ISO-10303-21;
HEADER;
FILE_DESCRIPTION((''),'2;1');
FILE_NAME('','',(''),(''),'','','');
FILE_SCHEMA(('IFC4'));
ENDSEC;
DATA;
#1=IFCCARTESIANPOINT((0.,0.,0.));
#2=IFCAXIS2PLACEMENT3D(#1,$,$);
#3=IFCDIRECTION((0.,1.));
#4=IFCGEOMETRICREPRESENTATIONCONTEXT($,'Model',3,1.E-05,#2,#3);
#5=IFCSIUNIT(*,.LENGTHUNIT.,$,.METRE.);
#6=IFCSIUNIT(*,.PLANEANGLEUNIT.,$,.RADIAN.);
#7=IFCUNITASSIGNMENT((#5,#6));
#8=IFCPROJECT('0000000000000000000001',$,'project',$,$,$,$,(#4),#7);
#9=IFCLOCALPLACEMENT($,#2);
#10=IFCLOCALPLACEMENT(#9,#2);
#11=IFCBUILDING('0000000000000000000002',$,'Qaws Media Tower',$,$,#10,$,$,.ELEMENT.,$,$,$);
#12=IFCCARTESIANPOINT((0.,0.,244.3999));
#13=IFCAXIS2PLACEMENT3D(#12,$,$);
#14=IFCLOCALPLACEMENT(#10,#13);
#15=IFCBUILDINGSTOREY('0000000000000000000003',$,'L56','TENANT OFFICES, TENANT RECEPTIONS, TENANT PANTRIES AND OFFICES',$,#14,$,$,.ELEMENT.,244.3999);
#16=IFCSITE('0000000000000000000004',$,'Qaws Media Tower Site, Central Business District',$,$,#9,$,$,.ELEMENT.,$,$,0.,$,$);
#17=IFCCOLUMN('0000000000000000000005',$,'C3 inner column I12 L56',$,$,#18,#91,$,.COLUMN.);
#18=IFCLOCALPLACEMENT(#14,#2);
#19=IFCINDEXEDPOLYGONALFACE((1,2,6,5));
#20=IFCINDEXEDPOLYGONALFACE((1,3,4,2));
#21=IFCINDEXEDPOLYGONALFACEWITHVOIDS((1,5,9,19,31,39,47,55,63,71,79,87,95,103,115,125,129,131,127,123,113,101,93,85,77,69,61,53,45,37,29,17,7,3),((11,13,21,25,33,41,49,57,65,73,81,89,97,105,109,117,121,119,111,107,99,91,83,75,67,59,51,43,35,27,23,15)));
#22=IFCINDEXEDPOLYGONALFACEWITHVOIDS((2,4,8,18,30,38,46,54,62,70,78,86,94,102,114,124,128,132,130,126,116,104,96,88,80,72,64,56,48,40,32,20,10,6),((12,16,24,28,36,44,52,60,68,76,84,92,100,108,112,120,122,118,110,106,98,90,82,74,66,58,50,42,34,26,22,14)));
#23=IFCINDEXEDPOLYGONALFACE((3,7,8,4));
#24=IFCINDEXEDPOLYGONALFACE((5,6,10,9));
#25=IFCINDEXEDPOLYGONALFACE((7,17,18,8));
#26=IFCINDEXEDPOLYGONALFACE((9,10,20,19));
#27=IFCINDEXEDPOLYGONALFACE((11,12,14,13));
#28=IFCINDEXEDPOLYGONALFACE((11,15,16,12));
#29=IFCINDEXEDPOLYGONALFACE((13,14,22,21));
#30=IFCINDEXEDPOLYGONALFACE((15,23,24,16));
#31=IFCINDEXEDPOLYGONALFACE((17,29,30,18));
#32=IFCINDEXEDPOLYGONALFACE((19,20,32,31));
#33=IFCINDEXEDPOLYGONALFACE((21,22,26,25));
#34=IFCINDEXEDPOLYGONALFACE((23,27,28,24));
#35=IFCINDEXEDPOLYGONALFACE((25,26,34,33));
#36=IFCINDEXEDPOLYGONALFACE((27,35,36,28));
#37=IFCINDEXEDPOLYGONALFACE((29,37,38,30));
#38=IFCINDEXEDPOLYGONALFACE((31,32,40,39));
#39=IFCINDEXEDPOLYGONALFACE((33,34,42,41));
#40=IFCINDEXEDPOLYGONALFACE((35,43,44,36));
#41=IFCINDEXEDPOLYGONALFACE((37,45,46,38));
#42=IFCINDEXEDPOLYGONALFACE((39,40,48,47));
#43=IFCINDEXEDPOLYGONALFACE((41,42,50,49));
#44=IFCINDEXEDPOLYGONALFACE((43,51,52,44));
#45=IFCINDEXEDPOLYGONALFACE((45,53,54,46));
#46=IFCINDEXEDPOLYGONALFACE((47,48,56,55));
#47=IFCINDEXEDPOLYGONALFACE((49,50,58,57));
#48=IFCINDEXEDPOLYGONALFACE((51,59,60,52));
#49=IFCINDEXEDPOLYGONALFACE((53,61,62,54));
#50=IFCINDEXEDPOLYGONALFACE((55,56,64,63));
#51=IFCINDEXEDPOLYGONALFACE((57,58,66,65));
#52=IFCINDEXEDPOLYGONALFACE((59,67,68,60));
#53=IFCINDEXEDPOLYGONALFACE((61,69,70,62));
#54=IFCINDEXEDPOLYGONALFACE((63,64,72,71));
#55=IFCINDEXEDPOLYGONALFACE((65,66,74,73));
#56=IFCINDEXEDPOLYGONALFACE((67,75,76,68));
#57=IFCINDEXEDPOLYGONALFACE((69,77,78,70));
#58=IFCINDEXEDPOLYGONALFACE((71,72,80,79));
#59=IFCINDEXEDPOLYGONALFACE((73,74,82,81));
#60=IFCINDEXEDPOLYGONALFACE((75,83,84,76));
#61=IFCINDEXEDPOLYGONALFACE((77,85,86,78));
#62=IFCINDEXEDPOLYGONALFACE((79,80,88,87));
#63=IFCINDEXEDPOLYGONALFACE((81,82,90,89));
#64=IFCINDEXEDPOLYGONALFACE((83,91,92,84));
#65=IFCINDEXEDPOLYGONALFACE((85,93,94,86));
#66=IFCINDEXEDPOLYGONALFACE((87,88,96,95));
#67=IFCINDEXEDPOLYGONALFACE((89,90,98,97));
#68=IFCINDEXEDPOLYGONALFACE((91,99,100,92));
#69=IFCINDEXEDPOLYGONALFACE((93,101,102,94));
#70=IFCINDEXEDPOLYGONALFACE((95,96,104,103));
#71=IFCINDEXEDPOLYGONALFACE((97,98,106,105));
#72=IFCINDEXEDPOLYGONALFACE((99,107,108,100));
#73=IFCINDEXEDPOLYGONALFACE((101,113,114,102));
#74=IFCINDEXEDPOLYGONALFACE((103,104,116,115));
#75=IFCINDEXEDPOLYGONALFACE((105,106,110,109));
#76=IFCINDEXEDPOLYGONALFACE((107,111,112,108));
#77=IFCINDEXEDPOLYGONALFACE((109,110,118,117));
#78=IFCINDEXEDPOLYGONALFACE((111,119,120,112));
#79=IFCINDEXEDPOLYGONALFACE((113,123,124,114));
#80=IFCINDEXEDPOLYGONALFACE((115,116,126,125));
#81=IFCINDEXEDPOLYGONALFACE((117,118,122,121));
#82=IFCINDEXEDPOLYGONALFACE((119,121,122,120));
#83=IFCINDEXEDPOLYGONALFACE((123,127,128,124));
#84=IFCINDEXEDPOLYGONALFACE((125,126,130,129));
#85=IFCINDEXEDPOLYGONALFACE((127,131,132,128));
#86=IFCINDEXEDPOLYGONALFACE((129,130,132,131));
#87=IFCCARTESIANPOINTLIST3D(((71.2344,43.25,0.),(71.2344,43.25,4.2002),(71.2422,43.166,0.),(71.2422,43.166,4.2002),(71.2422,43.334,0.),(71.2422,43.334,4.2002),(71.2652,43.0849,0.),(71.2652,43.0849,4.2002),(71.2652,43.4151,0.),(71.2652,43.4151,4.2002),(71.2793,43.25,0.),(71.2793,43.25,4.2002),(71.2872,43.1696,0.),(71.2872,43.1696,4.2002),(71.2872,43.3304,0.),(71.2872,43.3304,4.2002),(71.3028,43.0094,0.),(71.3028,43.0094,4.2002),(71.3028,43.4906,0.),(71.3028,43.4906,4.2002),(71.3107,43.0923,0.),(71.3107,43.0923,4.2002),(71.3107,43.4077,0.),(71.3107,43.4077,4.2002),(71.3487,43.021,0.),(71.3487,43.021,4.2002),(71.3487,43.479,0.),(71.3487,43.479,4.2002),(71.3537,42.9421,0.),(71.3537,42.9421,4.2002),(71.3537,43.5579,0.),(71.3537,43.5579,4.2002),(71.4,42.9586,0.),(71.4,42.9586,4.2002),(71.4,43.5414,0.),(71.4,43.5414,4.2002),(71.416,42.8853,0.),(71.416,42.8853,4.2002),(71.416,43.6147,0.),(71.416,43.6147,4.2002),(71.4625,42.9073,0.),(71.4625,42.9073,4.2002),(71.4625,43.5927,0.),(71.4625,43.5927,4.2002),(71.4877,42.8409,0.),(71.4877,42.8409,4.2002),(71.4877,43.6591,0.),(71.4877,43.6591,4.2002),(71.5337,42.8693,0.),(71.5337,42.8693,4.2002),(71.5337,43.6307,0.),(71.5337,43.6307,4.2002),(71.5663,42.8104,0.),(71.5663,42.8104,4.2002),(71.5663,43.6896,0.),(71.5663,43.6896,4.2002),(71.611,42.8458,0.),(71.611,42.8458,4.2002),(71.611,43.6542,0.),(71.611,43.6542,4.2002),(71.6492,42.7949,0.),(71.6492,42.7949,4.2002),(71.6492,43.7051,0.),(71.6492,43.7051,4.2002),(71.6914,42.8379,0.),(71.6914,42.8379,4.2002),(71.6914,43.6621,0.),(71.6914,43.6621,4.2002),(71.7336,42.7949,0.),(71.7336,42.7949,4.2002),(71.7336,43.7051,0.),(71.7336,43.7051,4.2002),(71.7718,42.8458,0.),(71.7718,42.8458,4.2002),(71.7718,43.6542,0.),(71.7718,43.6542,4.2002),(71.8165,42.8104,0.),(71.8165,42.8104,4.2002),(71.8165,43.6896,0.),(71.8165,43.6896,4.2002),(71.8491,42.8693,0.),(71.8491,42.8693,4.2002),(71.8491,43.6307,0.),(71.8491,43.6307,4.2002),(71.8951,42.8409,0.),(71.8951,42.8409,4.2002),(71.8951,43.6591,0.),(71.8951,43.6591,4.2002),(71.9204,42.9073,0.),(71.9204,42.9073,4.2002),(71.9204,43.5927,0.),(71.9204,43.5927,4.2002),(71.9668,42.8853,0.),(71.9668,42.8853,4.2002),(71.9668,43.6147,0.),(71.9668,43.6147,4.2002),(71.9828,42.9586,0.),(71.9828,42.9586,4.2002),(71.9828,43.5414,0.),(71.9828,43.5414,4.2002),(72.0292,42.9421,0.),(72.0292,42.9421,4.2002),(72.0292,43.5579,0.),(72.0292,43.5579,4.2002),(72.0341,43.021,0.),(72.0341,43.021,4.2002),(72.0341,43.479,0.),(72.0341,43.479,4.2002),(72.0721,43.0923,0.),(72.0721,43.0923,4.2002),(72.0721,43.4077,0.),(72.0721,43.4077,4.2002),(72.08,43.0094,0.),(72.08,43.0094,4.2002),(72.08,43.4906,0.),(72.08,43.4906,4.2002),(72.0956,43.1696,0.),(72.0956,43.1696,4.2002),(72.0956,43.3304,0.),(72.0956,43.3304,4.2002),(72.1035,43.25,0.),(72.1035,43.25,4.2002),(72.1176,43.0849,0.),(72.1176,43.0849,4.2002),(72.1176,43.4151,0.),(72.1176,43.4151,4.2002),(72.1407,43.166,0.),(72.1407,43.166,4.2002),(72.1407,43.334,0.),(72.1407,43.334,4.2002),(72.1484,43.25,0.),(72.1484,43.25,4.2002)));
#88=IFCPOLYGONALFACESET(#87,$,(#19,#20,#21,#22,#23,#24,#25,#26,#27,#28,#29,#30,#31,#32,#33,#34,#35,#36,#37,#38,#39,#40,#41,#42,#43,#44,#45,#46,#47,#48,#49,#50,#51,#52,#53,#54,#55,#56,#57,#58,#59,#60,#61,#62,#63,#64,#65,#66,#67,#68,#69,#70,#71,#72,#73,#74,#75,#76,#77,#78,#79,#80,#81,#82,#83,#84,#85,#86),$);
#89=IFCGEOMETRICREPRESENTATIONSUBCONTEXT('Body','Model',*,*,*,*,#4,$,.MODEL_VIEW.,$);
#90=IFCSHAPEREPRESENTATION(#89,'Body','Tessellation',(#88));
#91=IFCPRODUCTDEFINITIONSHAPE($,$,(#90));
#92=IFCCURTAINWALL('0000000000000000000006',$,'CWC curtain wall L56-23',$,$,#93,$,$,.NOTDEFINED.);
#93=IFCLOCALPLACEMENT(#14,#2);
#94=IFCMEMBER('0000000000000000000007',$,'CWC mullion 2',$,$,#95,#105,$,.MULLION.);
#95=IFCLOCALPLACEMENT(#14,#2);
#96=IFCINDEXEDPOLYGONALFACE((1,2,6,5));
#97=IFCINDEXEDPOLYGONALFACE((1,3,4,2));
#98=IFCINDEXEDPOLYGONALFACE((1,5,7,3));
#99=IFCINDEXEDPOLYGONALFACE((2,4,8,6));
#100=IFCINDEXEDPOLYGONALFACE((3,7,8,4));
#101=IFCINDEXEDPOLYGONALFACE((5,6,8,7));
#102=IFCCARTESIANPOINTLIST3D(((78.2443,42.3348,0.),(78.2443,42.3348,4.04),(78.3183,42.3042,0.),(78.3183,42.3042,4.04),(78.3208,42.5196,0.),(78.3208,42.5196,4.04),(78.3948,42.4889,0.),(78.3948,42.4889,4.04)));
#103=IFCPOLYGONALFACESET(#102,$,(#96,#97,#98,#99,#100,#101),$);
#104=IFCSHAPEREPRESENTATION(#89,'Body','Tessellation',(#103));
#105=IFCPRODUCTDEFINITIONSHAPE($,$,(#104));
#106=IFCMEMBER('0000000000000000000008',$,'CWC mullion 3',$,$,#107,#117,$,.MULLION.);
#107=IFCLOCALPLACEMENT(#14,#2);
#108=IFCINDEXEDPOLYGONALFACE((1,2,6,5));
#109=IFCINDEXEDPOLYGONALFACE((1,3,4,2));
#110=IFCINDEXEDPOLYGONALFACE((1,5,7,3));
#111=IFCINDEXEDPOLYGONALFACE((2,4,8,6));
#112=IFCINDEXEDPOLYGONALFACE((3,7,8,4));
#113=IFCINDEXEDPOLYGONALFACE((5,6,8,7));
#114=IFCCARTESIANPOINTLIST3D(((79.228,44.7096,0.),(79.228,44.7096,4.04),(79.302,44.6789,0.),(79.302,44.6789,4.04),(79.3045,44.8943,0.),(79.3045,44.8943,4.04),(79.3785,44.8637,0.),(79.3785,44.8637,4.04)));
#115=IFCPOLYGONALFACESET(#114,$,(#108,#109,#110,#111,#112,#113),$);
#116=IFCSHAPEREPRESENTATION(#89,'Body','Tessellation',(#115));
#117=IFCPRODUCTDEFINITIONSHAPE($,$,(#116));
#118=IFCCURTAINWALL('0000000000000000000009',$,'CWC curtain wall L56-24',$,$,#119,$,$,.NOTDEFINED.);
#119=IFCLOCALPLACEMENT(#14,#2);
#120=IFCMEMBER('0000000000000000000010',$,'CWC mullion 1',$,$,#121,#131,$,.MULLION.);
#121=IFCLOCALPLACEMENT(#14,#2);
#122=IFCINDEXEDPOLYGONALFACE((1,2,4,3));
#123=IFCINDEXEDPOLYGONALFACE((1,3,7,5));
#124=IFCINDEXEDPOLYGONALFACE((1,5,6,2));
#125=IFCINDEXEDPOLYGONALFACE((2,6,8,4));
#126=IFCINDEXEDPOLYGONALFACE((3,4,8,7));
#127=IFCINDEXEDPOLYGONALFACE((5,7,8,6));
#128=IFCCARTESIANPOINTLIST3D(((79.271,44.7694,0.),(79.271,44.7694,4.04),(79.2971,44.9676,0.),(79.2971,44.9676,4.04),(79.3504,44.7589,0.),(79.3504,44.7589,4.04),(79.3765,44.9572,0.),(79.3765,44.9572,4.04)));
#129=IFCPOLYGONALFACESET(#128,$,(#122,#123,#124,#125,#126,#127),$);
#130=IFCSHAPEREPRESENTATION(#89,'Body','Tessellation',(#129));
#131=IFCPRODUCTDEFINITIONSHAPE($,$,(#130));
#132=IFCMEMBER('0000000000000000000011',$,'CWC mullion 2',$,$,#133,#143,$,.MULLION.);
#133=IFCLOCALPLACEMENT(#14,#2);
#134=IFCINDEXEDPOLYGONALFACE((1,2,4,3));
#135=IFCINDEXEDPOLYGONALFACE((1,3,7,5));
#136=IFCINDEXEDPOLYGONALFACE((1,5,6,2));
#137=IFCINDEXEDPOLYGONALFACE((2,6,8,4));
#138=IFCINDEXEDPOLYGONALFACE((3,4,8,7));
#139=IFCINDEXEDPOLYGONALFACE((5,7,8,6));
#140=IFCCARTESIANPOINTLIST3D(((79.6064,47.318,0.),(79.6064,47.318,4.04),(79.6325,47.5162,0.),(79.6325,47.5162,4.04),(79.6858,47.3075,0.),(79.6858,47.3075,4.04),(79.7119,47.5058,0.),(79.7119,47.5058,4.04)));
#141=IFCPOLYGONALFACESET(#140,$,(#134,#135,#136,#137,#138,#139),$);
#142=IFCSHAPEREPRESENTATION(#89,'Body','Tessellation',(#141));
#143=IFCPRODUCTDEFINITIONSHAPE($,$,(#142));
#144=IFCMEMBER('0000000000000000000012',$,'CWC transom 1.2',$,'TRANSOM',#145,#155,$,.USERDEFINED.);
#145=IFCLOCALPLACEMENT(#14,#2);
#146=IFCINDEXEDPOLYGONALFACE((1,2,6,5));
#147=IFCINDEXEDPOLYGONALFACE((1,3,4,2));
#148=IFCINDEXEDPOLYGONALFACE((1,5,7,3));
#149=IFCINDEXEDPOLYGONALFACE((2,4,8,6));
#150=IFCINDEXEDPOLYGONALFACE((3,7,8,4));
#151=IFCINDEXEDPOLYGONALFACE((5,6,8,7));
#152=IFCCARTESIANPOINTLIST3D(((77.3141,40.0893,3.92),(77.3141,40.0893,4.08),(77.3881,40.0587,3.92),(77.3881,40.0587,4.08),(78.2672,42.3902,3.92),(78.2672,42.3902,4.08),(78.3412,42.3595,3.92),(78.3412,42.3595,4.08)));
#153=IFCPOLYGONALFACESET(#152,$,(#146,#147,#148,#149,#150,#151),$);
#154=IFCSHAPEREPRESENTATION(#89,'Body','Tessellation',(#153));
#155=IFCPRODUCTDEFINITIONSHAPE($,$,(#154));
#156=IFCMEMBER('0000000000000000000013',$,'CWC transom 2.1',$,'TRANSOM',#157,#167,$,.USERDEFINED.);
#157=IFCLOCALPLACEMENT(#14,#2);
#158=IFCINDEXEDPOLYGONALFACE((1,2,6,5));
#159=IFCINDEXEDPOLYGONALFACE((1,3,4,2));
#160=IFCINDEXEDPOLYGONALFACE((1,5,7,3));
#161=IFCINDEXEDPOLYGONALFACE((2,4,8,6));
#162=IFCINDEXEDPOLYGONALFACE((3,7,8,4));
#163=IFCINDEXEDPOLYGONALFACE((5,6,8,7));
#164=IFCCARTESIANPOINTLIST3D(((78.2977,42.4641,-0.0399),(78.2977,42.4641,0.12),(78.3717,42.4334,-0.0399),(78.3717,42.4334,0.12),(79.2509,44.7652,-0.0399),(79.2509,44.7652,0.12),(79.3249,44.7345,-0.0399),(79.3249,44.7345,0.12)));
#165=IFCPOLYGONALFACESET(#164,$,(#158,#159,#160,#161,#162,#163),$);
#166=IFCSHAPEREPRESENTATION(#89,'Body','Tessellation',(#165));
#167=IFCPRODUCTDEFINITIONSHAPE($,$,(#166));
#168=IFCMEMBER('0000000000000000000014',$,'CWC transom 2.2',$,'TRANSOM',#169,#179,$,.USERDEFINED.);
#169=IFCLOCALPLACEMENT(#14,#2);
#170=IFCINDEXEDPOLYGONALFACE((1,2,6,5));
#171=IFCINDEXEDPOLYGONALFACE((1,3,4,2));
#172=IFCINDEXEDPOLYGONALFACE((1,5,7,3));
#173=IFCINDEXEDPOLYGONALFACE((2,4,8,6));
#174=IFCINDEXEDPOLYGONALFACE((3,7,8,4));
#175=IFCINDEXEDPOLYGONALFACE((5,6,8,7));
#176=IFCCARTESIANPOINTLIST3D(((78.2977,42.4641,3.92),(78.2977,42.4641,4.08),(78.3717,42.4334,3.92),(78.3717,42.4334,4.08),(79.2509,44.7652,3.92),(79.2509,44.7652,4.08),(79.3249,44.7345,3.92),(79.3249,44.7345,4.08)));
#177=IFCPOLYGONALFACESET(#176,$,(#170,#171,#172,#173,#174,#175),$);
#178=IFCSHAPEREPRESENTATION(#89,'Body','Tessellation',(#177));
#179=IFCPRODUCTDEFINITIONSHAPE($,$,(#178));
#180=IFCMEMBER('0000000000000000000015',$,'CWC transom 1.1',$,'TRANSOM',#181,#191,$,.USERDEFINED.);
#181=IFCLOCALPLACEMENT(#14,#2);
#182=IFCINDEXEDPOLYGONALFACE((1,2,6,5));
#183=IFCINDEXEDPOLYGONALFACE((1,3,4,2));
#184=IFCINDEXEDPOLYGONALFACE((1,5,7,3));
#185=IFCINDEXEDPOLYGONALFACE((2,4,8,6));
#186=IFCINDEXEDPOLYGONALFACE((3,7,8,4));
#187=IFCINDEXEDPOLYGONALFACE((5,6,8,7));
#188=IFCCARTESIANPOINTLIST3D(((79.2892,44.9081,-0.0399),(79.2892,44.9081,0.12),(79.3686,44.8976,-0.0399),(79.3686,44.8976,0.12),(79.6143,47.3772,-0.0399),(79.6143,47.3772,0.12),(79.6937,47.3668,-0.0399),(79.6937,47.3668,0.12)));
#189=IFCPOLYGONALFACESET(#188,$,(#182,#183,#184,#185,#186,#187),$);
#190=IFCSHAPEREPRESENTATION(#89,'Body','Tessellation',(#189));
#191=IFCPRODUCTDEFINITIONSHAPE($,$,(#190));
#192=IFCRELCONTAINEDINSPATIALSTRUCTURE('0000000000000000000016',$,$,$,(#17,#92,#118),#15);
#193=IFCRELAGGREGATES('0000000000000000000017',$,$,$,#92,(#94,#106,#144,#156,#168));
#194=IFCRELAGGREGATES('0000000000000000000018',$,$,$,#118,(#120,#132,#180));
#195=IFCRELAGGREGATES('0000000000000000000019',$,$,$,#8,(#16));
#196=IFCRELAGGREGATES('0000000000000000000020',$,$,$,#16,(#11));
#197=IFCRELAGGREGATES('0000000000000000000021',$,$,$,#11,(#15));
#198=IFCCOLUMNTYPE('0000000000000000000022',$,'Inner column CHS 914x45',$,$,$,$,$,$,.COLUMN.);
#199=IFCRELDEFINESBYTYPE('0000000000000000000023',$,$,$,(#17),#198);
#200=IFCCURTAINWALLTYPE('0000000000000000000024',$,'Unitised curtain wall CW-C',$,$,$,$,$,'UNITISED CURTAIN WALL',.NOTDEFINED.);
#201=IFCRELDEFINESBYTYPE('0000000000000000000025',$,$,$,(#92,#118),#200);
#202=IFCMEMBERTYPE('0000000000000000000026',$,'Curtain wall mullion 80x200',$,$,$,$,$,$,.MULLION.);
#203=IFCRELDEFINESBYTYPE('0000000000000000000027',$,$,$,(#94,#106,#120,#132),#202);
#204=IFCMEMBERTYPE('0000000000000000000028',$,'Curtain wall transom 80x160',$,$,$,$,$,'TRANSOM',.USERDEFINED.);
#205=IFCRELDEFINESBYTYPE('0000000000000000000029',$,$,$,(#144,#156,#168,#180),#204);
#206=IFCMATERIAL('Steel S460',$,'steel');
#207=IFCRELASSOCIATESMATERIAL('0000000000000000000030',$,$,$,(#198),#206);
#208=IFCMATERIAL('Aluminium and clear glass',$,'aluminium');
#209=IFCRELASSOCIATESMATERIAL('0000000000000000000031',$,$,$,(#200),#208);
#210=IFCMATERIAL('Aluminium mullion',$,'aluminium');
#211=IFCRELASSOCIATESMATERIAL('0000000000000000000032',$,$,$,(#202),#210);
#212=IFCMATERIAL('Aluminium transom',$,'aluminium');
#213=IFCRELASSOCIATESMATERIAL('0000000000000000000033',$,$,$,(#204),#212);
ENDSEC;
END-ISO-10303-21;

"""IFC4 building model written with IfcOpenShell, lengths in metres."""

from ifc_helpers import new_model, si_unit, direction, frame, origin, origin_2d, place, context, subcontext, project, spatial, rectangle, hollow_circle, extrude, material, material_profile, profile_set, type_object, element, aggregate, save


model = new_model("IFC4")

# Units and contexts
model_context = context("Model", 3, precision=1e-05, world=origin(), true_north=direction((0.0, 1.0)))
body_context = subcontext(model_context, "Body", "Model", "MODEL_VIEW")
ifc_project = project(units=[si_unit("LENGTHUNIT", "METRE"), si_unit("PLANEANGLEUNIT", "RADIAN")], contexts=[model_context])

# Site, building, storey
site_placement = place(None, origin())
site = spatial("IfcSite", under=ifc_project, at=site_placement, Name="Qaws Media Tower Site, Central Business District", CompositionType="ELEMENT", RefElevation=0.0)
building_placement = place(site_placement, origin())
building = spatial("IfcBuilding", under=site, at=building_placement, Name="Qaws Media Tower", CompositionType="ELEMENT")
storey_placement = place(building_placement, frame((0.0, 0.0, 244.3999)))
storey = spatial("IfcBuildingStorey", under=building, at=storey_placement, Name="L56", Description="TENANT OFFICES, TENANT RECEPTIONS, TENANT PANTRIES AND OFFICES", CompositionType="ELEMENT", Elevation=244.3999)

# Column
ifc_material_1 = material(Name="Steel S460", Category="steel")
ifc_material_profile_1 = material_profile(ifc_material_1, hollow_circle(Radius=0.457, WallThickness=0.0449, at=origin_2d()), Name="CHS 914x45")
ifc_profile_set_1 = profile_set([ifc_material_profile_1], Name="Steel S460")
column_type = type_object("IfcColumnType", Name="Inner column CHS 914x45", PredefinedType="COLUMN", material=ifc_profile_set_1)
column_placement = place(storey_placement, frame((71.6914, 43.25, 0.0), z_axis=(0.0, 0.0, 1.0), x_axis=(1.0, 0.0, 0.0)))
element("IfcColumn", 1, at=column_placement, inside=storey, type_object=column_type, Name="C3 inner column I12 L56", PredefinedType="COLUMN", context=body_context, shape_type="SweptSolid", body=[
    extrude(hollow_circle(Radius=0.457, WallThickness=0.0449, at=origin_2d()), origin(), (0.0, 0.0, 1.0), 4.2002),
])

# Curtain walls, members
ifc_material_2 = material(Name="Aluminium and clear glass", Category="aluminium")
curtain_wall_type = type_object("IfcCurtainWallType", Name="Unitised curtain wall CW-C", ElementType="UNITISED CURTAIN WALL", PredefinedType="NOTDEFINED", material=ifc_material_2)
curtain_wall_1_placement = place(storey_placement, origin())
curtain_wall_1 = element("IfcCurtainWall", 2, at=curtain_wall_1_placement, inside=storey, type_object=curtain_wall_type, Name="CWC curtain wall L56-23", PredefinedType="NOTDEFINED")
ifc_material_3 = material(Name="Aluminium mullion", Category="aluminium")
ifc_material_profile_2 = material_profile(ifc_material_3, rectangle(XDim=0.0801, YDim=0.2, at=origin_2d()), Name="80x200")
ifc_profile_set_2 = profile_set([ifc_material_profile_2], Name="Aluminium mullion")
member_type_1 = type_object("IfcMemberType", Name="Curtain wall mullion 80x200", PredefinedType="MULLION", material=ifc_profile_set_2)
member_1_placement = place(storey_placement, frame((78.3196, 42.4119, 0.0), z_axis=(0.0, 0.0, 1.0), x_axis=(-0.923879, 0.382684, 0.0)))
member_1 = element("IfcMember", 3, at=member_1_placement, type_object=member_type_1, Name="CWC mullion 2", PredefinedType="MULLION", context=body_context, shape_type="SweptSolid", body=[
    extrude(rectangle(XDim=0.0801, YDim=0.2, at=origin_2d()), origin(), (0.0, 0.0, 1.0), 4.04),
])
member_2_placement = place(storey_placement, frame((79.3032, 44.7866, 0.0), z_axis=(0.0, 0.0, 1.0), x_axis=(-0.923879, 0.382684, 0.0)))
member_2 = element("IfcMember", 4, at=member_2_placement, type_object=member_type_1, Name="CWC mullion 3", PredefinedType="MULLION", context=body_context, shape_type="SweptSolid", body=[
    extrude(rectangle(XDim=0.0801, YDim=0.2, at=origin_2d()), origin(), (0.0, 0.0, 1.0), 4.04),
])
curtain_wall_2_placement = place(storey_placement, origin())
curtain_wall_2 = element("IfcCurtainWall", 5, at=curtain_wall_2_placement, inside=storey, type_object=curtain_wall_type, Name="CWC curtain wall L56-24", PredefinedType="NOTDEFINED")
member_3_placement = place(storey_placement, frame((79.3237, 44.8633, 0.0), z_axis=(0.0, 0.0, 1.0), x_axis=(-0.991445, 0.130526, 0.0)))
member_3 = element("IfcMember", 6, at=member_3_placement, type_object=member_type_1, Name="CWC mullion 1", PredefinedType="MULLION", context=body_context, shape_type="SweptSolid", body=[
    extrude(rectangle(XDim=0.0801, YDim=0.2, at=origin_2d()), origin(), (0.0, 0.0, 1.0), 4.04),
])
member_4_placement = place(storey_placement, frame((79.6592, 47.4119, 0.0), z_axis=(0.0, 0.0, 1.0), x_axis=(-0.991445, 0.130526, 0.0)))
member_4 = element("IfcMember", 7, at=member_4_placement, type_object=member_type_1, Name="CWC mullion 2", PredefinedType="MULLION", context=body_context, shape_type="SweptSolid", body=[
    extrude(rectangle(XDim=0.0801, YDim=0.2, at=origin_2d()), origin(), (0.0, 0.0, 1.0), 4.04),
])

# Members
ifc_material_4 = material(Name="Aluminium transom", Category="aluminium")
ifc_material_profile_3 = material_profile(ifc_material_4, rectangle(XDim=0.0801, YDim=0.1599, at=origin_2d()), Name="80x160")
ifc_profile_set_3 = profile_set([ifc_material_profile_3], Name="Aluminium transom")
member_type_2 = type_object("IfcMemberType", Name="Curtain wall transom 80x160", ElementType="TRANSOM", PredefinedType="USERDEFINED", material=ifc_profile_set_3)
member_5_placement = place(storey_placement, frame((77.3511, 40.074, 4.0), z_axis=(0.382721, 0.923864, 0.0), x_axis=(-0.923864, 0.382721, 0.0)))
member_5 = element("IfcMember", 8, at=member_5_placement, type_object=member_type_2, Name="CWC transom 1.2", ObjectType="TRANSOM", PredefinedType="USERDEFINED", context=body_context, shape_type="SweptSolid", body=[
    extrude(rectangle(XDim=0.0801, YDim=0.1599, at=origin_2d()), origin(), (0.0, 0.0, 1.0), 2.4905),
])
member_6_placement = place(storey_placement, frame((78.3347, 42.4487, 0.04), z_axis=(0.382687, 0.923878, 0.0), x_axis=(-0.923878, 0.382687, 0.0)))
member_6 = element("IfcMember", 9, at=member_6_placement, type_object=member_type_2, Name="CWC transom 2.1", ObjectType="TRANSOM", PredefinedType="USERDEFINED", context=body_context, shape_type="SweptSolid", body=[
    extrude(rectangle(XDim=0.0801, YDim=0.1599, at=origin_2d()), origin(), (0.0, 0.0, 1.0), 2.4907),
])
member_7_placement = place(storey_placement, frame((78.3347, 42.4487, 4.0), z_axis=(0.382687, 0.923878, 0.0), x_axis=(-0.923878, 0.382687, 0.0)))
member_7 = element("IfcMember", 10, at=member_7_placement, type_object=member_type_2, Name="CWC transom 2.2", ObjectType="TRANSOM", PredefinedType="USERDEFINED", context=body_context, shape_type="SweptSolid", body=[
    extrude(rectangle(XDim=0.0801, YDim=0.1599, at=origin_2d()), origin(), (0.0, 0.0, 1.0), 2.4907),
])
member_8_placement = place(storey_placement, frame((79.3289, 44.9028, 0.04), z_axis=(0.130571, 0.991439, 0.0), x_axis=(-0.991439, 0.130571, 0.0)))
member_8 = element("IfcMember", 11, at=member_8_placement, type_object=member_type_2, Name="CWC transom 1.1", ObjectType="TRANSOM", PredefinedType="USERDEFINED", context=body_context, shape_type="SweptSolid", body=[
    extrude(rectangle(XDim=0.0801, YDim=0.1599, at=origin_2d()), origin(), (0.0, 0.0, 1.0), 2.4905),
])

aggregate(curtain_wall_1, [member_1, member_2, member_5, member_6, member_7])
aggregate(curtain_wall_2, [member_3, member_4, member_8])

save(model, "model.ifc")
